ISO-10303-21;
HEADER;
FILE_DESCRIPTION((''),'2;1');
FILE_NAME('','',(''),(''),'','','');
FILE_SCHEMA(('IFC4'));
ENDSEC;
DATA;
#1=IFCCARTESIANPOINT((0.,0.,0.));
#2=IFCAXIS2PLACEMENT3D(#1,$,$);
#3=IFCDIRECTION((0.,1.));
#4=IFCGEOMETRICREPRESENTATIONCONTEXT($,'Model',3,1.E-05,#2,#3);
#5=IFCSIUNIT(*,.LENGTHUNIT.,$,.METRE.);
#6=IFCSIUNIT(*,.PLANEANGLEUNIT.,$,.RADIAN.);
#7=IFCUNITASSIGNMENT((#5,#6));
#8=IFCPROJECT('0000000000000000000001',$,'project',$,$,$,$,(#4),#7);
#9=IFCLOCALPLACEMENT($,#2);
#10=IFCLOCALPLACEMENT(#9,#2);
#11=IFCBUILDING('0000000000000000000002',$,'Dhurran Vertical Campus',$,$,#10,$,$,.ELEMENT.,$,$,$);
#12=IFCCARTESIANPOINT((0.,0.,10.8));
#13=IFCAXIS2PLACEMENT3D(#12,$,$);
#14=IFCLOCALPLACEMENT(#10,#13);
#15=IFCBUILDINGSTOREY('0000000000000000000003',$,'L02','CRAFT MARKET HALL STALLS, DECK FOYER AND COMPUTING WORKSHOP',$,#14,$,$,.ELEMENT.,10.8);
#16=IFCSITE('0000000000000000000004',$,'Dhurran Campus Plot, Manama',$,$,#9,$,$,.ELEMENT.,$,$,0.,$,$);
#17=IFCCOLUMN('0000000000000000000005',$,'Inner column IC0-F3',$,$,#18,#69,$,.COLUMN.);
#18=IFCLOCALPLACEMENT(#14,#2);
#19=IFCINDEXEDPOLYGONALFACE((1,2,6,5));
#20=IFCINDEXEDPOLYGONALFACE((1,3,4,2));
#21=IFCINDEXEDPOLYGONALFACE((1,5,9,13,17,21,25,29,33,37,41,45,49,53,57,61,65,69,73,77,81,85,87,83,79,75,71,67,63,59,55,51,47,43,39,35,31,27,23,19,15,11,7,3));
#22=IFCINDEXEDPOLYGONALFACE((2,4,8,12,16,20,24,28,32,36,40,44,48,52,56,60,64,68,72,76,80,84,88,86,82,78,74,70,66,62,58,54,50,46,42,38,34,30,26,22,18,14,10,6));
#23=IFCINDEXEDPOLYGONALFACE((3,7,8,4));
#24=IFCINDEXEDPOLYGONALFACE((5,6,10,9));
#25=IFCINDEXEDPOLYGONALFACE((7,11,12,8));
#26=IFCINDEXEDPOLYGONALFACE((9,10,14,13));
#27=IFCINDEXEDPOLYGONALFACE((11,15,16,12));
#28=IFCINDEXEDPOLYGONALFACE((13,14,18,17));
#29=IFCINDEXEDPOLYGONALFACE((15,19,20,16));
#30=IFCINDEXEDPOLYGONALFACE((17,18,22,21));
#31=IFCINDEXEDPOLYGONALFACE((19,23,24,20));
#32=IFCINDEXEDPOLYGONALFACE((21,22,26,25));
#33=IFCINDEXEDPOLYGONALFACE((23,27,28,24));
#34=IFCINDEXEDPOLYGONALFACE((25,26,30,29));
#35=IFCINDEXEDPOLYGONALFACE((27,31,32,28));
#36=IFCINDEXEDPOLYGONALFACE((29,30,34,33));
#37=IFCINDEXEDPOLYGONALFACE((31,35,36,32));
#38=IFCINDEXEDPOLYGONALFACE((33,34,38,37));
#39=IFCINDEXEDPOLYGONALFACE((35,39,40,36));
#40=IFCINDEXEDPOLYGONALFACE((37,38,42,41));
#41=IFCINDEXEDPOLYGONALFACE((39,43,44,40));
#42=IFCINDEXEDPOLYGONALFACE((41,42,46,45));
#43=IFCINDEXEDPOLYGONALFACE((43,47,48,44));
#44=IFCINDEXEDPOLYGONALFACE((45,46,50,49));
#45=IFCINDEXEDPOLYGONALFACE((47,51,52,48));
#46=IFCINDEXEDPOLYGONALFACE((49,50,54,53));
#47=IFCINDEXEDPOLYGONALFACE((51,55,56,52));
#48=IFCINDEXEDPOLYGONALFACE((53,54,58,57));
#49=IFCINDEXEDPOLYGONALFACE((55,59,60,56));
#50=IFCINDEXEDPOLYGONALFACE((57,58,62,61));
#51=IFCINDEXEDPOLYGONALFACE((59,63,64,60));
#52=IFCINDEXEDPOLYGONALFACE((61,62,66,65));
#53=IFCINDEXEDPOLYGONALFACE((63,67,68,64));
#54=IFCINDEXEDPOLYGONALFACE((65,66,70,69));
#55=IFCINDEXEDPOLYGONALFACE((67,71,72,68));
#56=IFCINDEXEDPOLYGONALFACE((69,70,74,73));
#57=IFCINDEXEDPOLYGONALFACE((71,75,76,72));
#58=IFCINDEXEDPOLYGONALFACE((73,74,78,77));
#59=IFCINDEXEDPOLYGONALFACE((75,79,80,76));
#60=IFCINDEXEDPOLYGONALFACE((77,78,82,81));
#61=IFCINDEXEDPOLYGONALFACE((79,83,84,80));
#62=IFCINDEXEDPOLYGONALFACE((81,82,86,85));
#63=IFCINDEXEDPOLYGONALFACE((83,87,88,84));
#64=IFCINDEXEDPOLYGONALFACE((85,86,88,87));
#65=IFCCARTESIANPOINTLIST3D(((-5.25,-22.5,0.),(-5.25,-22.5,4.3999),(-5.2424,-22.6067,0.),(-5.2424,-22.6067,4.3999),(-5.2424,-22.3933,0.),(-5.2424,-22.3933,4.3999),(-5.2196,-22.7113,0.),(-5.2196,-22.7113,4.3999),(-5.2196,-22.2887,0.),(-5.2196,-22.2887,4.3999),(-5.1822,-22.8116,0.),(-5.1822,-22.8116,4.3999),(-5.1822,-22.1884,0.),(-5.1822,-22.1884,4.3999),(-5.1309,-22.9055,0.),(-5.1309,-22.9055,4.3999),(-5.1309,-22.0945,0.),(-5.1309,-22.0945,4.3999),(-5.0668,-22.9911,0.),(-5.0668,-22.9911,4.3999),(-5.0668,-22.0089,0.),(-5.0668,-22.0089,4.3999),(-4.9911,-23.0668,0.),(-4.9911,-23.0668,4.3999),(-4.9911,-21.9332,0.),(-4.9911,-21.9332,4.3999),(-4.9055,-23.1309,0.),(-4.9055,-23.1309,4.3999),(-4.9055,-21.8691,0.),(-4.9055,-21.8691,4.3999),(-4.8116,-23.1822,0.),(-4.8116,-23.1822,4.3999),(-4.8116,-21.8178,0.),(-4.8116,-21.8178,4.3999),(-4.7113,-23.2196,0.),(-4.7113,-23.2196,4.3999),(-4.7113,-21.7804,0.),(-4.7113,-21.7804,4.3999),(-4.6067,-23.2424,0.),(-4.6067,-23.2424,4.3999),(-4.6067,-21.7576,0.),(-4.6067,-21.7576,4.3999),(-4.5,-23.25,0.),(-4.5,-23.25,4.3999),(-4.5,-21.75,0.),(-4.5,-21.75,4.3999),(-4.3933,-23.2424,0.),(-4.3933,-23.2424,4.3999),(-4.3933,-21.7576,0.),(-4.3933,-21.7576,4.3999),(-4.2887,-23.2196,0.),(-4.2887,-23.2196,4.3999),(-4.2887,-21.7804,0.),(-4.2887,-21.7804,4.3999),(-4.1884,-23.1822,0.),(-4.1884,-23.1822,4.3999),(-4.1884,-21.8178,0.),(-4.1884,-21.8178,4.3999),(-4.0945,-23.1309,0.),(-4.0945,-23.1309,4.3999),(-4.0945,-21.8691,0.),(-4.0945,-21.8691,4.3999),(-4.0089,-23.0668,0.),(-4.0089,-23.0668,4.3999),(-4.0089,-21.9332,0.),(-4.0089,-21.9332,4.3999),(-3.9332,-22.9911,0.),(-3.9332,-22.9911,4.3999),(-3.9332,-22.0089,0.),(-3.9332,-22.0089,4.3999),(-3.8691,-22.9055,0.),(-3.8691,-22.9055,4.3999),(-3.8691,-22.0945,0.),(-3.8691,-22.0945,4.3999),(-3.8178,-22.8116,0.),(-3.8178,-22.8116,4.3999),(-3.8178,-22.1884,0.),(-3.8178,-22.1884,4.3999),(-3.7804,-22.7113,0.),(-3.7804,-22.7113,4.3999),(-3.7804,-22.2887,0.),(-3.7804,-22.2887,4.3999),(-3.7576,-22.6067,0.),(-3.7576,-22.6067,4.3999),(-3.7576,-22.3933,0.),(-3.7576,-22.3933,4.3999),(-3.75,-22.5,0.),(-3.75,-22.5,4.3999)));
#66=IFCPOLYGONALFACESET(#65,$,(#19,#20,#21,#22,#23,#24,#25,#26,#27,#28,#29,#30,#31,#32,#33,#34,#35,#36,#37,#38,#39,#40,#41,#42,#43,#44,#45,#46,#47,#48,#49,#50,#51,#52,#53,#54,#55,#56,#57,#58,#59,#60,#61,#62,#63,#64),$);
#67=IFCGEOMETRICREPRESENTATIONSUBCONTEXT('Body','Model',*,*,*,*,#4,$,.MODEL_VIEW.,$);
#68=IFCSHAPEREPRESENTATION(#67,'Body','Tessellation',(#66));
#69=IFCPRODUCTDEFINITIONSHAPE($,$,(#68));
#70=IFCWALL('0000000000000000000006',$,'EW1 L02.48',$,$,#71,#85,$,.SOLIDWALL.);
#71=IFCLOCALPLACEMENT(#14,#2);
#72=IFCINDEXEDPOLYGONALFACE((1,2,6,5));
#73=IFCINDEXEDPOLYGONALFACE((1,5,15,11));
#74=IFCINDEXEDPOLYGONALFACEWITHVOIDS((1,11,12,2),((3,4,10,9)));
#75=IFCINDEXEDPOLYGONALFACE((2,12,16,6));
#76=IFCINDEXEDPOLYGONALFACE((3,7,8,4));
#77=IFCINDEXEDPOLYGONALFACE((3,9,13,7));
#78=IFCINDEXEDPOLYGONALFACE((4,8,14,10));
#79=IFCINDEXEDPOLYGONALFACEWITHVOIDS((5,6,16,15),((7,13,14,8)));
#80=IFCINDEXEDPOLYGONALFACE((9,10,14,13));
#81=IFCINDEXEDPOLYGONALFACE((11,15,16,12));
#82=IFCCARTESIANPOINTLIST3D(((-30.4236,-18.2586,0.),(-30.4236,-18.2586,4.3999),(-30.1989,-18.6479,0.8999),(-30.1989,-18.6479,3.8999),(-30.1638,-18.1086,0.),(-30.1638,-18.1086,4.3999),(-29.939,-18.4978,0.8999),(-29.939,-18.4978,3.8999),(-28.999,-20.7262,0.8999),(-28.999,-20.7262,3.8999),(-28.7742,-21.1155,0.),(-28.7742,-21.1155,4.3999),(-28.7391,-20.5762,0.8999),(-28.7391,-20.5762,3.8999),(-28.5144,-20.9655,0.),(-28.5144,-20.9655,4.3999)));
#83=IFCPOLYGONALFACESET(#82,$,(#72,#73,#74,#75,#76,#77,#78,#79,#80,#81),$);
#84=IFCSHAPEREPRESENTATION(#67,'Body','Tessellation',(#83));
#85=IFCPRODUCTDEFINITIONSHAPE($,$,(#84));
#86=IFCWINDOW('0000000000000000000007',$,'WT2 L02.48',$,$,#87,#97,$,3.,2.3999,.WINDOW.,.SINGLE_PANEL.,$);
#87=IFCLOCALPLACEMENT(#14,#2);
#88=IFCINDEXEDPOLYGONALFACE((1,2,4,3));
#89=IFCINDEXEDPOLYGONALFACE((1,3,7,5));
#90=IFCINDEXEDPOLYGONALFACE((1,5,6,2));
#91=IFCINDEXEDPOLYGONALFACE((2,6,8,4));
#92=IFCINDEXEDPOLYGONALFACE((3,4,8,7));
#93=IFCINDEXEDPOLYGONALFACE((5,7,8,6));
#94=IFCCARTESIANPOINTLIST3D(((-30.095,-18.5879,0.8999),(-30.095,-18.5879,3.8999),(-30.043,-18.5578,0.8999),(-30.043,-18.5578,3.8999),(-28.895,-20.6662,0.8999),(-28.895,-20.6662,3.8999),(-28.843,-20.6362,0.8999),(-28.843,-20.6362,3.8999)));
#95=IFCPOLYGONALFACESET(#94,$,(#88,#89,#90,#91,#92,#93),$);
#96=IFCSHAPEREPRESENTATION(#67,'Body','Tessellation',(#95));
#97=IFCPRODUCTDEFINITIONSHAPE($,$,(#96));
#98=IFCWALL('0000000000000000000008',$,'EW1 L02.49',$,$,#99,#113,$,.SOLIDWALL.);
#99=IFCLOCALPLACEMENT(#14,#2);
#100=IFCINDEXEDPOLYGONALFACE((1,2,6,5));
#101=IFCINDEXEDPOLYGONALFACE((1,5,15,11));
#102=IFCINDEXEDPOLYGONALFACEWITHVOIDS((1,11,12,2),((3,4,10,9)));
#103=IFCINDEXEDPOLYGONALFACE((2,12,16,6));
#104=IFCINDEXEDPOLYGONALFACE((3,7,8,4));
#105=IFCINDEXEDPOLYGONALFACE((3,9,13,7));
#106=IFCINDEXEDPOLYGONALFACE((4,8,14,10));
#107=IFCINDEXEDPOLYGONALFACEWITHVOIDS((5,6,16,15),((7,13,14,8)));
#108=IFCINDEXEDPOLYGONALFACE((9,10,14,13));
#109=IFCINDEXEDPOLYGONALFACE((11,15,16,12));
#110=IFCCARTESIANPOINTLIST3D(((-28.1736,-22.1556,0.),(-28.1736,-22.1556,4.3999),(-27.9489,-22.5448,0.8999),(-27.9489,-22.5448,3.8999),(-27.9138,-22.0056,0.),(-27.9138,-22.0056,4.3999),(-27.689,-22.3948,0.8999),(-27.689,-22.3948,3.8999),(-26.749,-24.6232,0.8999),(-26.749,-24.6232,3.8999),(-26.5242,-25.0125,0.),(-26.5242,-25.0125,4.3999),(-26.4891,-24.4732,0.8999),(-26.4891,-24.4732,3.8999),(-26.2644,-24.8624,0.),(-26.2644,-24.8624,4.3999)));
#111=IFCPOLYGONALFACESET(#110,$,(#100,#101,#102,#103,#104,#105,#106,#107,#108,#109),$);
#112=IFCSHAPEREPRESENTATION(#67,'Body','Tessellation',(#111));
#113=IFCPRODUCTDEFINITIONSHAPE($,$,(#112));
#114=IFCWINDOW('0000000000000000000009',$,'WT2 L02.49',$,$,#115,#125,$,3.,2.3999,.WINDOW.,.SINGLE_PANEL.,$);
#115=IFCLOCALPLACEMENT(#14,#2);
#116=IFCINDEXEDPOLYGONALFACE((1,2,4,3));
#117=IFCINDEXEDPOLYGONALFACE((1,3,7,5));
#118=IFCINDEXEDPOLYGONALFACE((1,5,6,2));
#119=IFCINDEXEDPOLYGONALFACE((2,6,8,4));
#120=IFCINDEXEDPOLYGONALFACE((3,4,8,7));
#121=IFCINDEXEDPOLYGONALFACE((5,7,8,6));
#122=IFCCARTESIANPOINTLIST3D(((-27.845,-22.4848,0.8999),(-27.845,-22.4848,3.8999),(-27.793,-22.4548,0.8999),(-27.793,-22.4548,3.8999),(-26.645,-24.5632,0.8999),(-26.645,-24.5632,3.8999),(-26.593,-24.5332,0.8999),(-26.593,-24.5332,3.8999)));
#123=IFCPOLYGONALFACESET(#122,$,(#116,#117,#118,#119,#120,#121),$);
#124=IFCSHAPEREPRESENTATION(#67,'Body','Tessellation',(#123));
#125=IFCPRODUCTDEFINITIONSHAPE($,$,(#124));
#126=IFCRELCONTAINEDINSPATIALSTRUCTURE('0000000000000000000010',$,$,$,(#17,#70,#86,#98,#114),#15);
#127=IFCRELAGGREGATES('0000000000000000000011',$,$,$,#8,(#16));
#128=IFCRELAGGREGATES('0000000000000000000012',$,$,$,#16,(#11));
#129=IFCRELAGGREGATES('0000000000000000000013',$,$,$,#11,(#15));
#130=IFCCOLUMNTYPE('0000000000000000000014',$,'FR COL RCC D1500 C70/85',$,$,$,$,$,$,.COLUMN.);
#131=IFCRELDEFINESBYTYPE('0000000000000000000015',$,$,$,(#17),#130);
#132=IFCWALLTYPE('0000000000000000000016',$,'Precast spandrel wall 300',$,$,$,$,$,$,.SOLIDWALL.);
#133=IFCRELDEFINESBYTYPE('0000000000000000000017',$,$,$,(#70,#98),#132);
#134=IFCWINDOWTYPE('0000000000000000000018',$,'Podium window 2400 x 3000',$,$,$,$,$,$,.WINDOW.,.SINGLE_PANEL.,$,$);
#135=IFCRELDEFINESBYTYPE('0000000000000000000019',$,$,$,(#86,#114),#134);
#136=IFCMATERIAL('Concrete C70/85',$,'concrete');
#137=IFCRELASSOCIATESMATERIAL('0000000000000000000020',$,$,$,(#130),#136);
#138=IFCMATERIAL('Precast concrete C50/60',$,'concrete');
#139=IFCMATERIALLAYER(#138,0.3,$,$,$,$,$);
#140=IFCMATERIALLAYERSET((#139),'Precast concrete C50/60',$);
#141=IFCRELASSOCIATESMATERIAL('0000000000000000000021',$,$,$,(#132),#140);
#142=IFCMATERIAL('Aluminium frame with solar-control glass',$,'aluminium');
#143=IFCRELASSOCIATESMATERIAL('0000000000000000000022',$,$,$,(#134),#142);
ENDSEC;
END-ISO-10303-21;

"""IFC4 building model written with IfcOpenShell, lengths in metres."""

from ifc_helpers import new_model, si_unit, direction, frame, frame_2d, origin, origin_2d, place, context, subcontext, project, spatial, rectangle, circle, extrude, material, layer, layer_set, material_profile, profile_set, type_object, element, fill, save


model = new_model("IFC4")

# Units and contexts
model_context = context("Model", 3, precision=1e-05, world=origin(), true_north=direction((0.0, 1.0)))
body_context = subcontext(model_context, "Body", "Model", "MODEL_VIEW")
ifc_project = project(units=[si_unit("LENGTHUNIT", "METRE"), si_unit("PLANEANGLEUNIT", "RADIAN")], contexts=[model_context])

# Site, building, storey
site_placement = place(None, origin())
site = spatial("IfcSite", under=ifc_project, at=site_placement, Name="Dhurran Campus Plot, Manama", CompositionType="ELEMENT", RefElevation=0.0)
building_placement = place(site_placement, origin())
building = spatial("IfcBuilding", under=site, at=building_placement, Name="Dhurran Vertical Campus", CompositionType="ELEMENT")
storey_placement = place(building_placement, frame((0.0, 0.0, 10.8)))
storey = spatial("IfcBuildingStorey", under=building, at=storey_placement, Name="L02", Description="CRAFT MARKET HALL STALLS, DECK FOYER AND COMPUTING WORKSHOP", CompositionType="ELEMENT", Elevation=10.8)

# Column
ifc_material_1 = material(Name="Concrete C70/85", Category="concrete")
ifc_material_profile_1 = material_profile(ifc_material_1, circle(Radius=0.75, at=origin_2d()), Name="RCC D1500")
ifc_profile_set_1 = profile_set([ifc_material_profile_1], Name="Concrete C70/85")
column_type_1 = type_object("IfcColumnType", Name="FR COL RCC D1500 C70/85", PredefinedType="COLUMN", material=ifc_profile_set_1)
for number, where, z_axis, x_axis, name in (
    (1, (-4.5, -22.5, 0.0), (0.0, 0.0, 1.0), (1.0, 0.0, 0.0), "Inner column IC0-F3"),
):
    element("IfcColumn", number, at=place(storey_placement, frame(where, z_axis=z_axis, x_axis=x_axis)), inside=storey, type_object=column_type_1, Name=name, PredefinedType="COLUMN", context=body_context, shape_type="SweptSolid", body=[
        extrude(circle(Radius=0.75, at=origin_2d()), origin(), (0.0, 0.0, 1.0), 4.3999),
    ])

# Shared definitions
ifc_material_2 = material(Name="Precast concrete C50/60", Category="concrete")
ifc_layer_1 = layer(ifc_material_2, 0.3)
ifc_layer_set_1 = layer_set([ifc_layer_1], Name="Precast concrete C50/60")
wall_type_1 = type_object("IfcWallType", Name="Precast spandrel wall 300", PredefinedType="SOLIDWALL", material=ifc_layer_set_1)

# Walls, openings, windows
wall_1_placement = place(storey_placement, frame((-30.2937, -18.1836, 0.0), z_axis=(0.0, 0.0, 1.0), x_axis=(0.499992, -0.86603, 0.0)))
wall_1 = element("IfcWall", 2, at=wall_1_placement, inside=storey, type_object=wall_type_1, Name="EW1 L02.48", PredefinedType="SOLIDWALL", context=body_context, shape_type="SweptSolid", body=[
    extrude(rectangle(XDim=3.2988, YDim=0.3, at=frame_2d((1.6494, 0.0))), origin(), (0.0, 0.0, 1.0), 4.3999),
])
opening_1_placement = place(wall_1_placement, frame((0.4495, 0.0, 0.8999)))
opening_1 = element("IfcOpeningElement", 3, at=opening_1_placement, cuts=wall_1, PredefinedType="OPENING", context=body_context, shape_type="SweptSolid", body=[
    extrude(rectangle(XDim=2.3999, YDim=3.0, at=frame_2d((1.2, 1.5))), frame((0.0, 0.1599, 0.0), z_axis=(0.0, -1.0, 0.0), x_axis=(1.0, 0.0, 0.0)), (0.0, 0.0, 1.0), 0.3201),
])
ifc_material_3 = material(Name="Aluminium frame with solar-control glass", Category="aluminium")
window_type = type_object("IfcWindowType", Name="Podium window 2400 x 3000", PartitioningType="SINGLE_PANEL", PredefinedType="WINDOW", material=ifc_material_3)
window_1_placement = place(opening_1_placement, origin())
window_1 = element("IfcWindow", 4, at=window_1_placement, inside=storey, type_object=window_type, Name="WT2 L02.48", OverallHeight=3.0, OverallWidth=2.3999, PartitioningType="SINGLE_PANEL", PredefinedType="WINDOW", context=body_context, shape_type="SweptSolid", body=[
    extrude(rectangle(XDim=2.3999, YDim=3.0, at=frame_2d((1.2, 1.5))), frame((0.0, 0.03, 0.0), z_axis=(0.0, -1.0, 0.0), x_axis=(1.0, 0.0, 0.0)), (0.0, 0.0, 1.0), 0.0601),
])
fill(opening_1, window_1)
wall_2_placement = place(storey_placement, frame((-28.0437, -22.0806, 0.0), z_axis=(0.0, 0.0, 1.0), x_axis=(0.499992, -0.86603, 0.0)))
wall_2 = element("IfcWall", 5, at=wall_2_placement, inside=storey, type_object=wall_type_1, Name="EW1 L02.49", PredefinedType="SOLIDWALL", context=body_context, shape_type="SweptSolid", body=[
    extrude(rectangle(XDim=3.2988, YDim=0.3, at=frame_2d((1.6494, 0.0))), origin(), (0.0, 0.0, 1.0), 4.3999),
])
opening_2_placement = place(wall_2_placement, frame((0.4495, 0.0, 0.8999)))
opening_2 = element("IfcOpeningElement", 6, at=opening_2_placement, cuts=wall_2, PredefinedType="OPENING", context=body_context, shape_type="SweptSolid", body=[
    extrude(rectangle(XDim=2.3999, YDim=3.0, at=frame_2d((1.2, 1.5))), frame((0.0, 0.1599, 0.0), z_axis=(0.0, -1.0, 0.0), x_axis=(1.0, 0.0, 0.0)), (0.0, 0.0, 1.0), 0.3201),
])
window_2_placement = place(opening_2_placement, origin())
window_2 = element("IfcWindow", 7, at=window_2_placement, inside=storey, type_object=window_type, Name="WT2 L02.49", OverallHeight=3.0, OverallWidth=2.3999, PartitioningType="SINGLE_PANEL", PredefinedType="WINDOW", context=body_context, shape_type="SweptSolid", body=[
    extrude(rectangle(XDim=2.3999, YDim=3.0, at=frame_2d((1.2, 1.5))), frame((0.0, 0.03, 0.0), z_axis=(0.0, -1.0, 0.0), x_axis=(1.0, 0.0, 0.0)), (0.0, 0.0, 1.0), 0.0601),
])
fill(opening_2, window_2)

save(model, "model.ifc")
